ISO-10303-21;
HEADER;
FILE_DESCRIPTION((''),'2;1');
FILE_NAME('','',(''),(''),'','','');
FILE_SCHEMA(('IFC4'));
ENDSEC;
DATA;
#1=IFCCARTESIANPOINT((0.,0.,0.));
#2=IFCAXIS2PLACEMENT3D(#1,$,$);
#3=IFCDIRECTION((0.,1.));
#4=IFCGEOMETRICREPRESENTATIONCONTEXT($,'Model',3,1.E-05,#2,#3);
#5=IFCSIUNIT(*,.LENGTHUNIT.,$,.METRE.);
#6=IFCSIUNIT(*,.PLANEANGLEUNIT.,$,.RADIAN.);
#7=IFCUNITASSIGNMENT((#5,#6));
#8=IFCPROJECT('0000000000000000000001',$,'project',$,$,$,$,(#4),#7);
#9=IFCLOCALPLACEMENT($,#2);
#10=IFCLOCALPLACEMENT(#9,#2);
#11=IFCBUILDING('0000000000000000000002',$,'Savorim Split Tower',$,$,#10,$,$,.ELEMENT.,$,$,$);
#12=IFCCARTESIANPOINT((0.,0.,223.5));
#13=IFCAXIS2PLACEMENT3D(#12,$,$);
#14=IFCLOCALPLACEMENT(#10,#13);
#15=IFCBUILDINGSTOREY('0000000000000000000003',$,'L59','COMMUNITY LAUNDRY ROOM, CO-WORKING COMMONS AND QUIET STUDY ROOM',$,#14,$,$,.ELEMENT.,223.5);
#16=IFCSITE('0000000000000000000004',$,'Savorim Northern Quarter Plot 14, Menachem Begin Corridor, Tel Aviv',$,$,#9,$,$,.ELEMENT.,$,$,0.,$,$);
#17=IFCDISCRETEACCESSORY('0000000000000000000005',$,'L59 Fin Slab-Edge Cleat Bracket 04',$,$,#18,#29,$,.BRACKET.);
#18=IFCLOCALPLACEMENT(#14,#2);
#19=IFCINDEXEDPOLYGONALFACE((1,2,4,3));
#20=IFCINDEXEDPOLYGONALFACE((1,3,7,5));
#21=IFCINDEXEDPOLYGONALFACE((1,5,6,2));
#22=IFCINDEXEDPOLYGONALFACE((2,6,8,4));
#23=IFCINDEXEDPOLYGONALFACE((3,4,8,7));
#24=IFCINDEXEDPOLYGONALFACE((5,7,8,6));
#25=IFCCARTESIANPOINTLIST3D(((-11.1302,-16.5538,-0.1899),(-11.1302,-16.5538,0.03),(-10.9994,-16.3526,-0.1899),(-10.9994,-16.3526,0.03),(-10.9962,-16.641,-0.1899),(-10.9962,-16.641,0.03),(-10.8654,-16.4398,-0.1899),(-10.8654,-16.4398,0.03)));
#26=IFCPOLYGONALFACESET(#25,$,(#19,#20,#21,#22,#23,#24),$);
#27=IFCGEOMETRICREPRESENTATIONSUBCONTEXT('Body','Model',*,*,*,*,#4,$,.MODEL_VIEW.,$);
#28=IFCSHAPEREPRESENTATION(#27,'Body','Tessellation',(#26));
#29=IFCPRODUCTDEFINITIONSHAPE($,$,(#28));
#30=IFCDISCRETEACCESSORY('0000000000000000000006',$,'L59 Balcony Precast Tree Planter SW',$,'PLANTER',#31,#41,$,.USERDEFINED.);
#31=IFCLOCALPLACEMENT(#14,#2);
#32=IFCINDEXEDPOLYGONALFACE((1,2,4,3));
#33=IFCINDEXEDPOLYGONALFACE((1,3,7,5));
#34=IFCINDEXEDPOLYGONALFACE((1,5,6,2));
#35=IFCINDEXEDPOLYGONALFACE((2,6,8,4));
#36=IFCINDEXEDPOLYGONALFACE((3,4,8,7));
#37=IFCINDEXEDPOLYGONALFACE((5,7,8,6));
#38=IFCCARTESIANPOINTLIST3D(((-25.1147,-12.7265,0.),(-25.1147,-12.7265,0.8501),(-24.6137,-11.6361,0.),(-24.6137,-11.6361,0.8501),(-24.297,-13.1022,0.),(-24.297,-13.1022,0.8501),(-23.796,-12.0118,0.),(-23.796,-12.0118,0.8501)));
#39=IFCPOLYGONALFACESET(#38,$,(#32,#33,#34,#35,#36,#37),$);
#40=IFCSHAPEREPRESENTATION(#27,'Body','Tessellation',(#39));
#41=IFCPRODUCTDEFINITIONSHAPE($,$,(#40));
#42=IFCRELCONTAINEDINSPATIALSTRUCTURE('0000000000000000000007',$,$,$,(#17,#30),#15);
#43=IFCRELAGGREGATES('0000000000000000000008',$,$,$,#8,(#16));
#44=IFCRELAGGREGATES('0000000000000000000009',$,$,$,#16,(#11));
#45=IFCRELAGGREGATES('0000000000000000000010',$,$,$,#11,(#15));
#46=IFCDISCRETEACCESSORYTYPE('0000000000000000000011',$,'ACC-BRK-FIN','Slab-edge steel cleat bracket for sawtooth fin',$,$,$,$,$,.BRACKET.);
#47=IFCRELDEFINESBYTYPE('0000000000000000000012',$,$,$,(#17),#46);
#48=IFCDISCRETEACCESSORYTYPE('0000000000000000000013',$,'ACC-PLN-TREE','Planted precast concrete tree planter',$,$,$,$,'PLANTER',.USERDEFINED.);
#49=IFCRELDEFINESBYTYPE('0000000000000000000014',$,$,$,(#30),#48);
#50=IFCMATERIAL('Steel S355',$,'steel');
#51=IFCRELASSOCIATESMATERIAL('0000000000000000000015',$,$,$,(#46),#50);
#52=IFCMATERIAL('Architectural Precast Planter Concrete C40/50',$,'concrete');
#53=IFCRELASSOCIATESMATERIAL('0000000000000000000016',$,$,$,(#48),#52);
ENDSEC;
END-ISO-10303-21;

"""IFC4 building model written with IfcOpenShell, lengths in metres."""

from ifc_helpers import new_model, si_unit, direction, frame, origin, origin_2d, place, context, subcontext, project, spatial, rectangle, extrude, material, type_object, element, save


model = new_model("IFC4")

# Units and contexts
model_context = context("Model", 3, precision=1e-05, world=origin(), true_north=direction((0.0, 1.0)))
body_context = subcontext(model_context, "Body", "Model", "MODEL_VIEW")
ifc_project = project(units=[si_unit("LENGTHUNIT", "METRE"), si_unit("PLANEANGLEUNIT", "RADIAN")], contexts=[model_context])

# Site, building, storey
site_placement = place(None, origin())
site = spatial("IfcSite", under=ifc_project, at=site_placement, Name="Savorim Northern Quarter Plot 14, Menachem Begin Corridor, Tel Aviv", CompositionType="ELEMENT", RefElevation=0.0)
building_placement = place(site_placement, origin())
building = spatial("IfcBuilding", under=site, at=building_placement, Name="Savorim Split Tower", CompositionType="ELEMENT")
storey_placement = place(building_placement, frame((0.0, 0.0, 223.5)))
storey = spatial("IfcBuildingStorey", under=building, at=storey_placement, Name="L59", Description="COMMUNITY LAUNDRY ROOM, CO-WORKING COMMONS AND QUIET STUDY ROOM", CompositionType="ELEMENT", Elevation=223.5)

# Shared definitions
ifc_material_1 = material(Name="Steel S355", Category="steel")

# Discrete accessories
discrete_accessory_type_1 = type_object("IfcDiscreteAccessoryType", Name="ACC-BRK-FIN", Description="Slab-edge steel cleat bracket for sawtooth fin", PredefinedType="BRACKET", material=ifc_material_1)
for number, where, z_axis, x_axis, name in (
    (1, (-10.9978, -16.4968, -0.1899), (0.0, 0.0, 1.0), (-0.545148, -0.83834, 0.0), "L59 Fin Slab-Edge Cleat Bracket 04"),
):
    element("IfcDiscreteAccessory", number, at=place(storey_placement, frame(where, z_axis=z_axis, x_axis=x_axis)), inside=storey, type_object=discrete_accessory_type_1, Name=name, PredefinedType="BRACKET", context=body_context, shape_type="SweptSolid", body=[
        extrude(rectangle(XDim=0.24, YDim=0.1599, at=origin_2d()), origin(), (0.0, 0.0, 1.0), 0.22),
    ])
ifc_material_2 = material(Name="Architectural Precast Planter Concrete C40/50", Category="concrete")
discrete_accessory_type_2 = type_object("IfcDiscreteAccessoryType", Name="ACC-PLN-TREE", Description="Planted precast concrete tree planter", ElementType="PLANTER", PredefinedType="USERDEFINED", material=ifc_material_2)
discrete_accessory_placement = place(storey_placement, frame((-24.4553, -12.3691, 0.0), z_axis=(0.0, 0.0, 1.0), x_axis=(-0.417518, -0.908669, 0.0)))
element("IfcDiscreteAccessory", 2, at=discrete_accessory_placement, inside=storey, type_object=discrete_accessory_type_2, Name="L59 Balcony Precast Tree Planter SW", ObjectType="PLANTER", PredefinedType="USERDEFINED", context=body_context, shape_type="SweptSolid", body=[
    extrude(rectangle(XDim=1.2, YDim=0.8999, at=origin_2d()), origin(), (0.0, 0.0, 1.0), 0.8501),
])

save(model, "model.ifc")
